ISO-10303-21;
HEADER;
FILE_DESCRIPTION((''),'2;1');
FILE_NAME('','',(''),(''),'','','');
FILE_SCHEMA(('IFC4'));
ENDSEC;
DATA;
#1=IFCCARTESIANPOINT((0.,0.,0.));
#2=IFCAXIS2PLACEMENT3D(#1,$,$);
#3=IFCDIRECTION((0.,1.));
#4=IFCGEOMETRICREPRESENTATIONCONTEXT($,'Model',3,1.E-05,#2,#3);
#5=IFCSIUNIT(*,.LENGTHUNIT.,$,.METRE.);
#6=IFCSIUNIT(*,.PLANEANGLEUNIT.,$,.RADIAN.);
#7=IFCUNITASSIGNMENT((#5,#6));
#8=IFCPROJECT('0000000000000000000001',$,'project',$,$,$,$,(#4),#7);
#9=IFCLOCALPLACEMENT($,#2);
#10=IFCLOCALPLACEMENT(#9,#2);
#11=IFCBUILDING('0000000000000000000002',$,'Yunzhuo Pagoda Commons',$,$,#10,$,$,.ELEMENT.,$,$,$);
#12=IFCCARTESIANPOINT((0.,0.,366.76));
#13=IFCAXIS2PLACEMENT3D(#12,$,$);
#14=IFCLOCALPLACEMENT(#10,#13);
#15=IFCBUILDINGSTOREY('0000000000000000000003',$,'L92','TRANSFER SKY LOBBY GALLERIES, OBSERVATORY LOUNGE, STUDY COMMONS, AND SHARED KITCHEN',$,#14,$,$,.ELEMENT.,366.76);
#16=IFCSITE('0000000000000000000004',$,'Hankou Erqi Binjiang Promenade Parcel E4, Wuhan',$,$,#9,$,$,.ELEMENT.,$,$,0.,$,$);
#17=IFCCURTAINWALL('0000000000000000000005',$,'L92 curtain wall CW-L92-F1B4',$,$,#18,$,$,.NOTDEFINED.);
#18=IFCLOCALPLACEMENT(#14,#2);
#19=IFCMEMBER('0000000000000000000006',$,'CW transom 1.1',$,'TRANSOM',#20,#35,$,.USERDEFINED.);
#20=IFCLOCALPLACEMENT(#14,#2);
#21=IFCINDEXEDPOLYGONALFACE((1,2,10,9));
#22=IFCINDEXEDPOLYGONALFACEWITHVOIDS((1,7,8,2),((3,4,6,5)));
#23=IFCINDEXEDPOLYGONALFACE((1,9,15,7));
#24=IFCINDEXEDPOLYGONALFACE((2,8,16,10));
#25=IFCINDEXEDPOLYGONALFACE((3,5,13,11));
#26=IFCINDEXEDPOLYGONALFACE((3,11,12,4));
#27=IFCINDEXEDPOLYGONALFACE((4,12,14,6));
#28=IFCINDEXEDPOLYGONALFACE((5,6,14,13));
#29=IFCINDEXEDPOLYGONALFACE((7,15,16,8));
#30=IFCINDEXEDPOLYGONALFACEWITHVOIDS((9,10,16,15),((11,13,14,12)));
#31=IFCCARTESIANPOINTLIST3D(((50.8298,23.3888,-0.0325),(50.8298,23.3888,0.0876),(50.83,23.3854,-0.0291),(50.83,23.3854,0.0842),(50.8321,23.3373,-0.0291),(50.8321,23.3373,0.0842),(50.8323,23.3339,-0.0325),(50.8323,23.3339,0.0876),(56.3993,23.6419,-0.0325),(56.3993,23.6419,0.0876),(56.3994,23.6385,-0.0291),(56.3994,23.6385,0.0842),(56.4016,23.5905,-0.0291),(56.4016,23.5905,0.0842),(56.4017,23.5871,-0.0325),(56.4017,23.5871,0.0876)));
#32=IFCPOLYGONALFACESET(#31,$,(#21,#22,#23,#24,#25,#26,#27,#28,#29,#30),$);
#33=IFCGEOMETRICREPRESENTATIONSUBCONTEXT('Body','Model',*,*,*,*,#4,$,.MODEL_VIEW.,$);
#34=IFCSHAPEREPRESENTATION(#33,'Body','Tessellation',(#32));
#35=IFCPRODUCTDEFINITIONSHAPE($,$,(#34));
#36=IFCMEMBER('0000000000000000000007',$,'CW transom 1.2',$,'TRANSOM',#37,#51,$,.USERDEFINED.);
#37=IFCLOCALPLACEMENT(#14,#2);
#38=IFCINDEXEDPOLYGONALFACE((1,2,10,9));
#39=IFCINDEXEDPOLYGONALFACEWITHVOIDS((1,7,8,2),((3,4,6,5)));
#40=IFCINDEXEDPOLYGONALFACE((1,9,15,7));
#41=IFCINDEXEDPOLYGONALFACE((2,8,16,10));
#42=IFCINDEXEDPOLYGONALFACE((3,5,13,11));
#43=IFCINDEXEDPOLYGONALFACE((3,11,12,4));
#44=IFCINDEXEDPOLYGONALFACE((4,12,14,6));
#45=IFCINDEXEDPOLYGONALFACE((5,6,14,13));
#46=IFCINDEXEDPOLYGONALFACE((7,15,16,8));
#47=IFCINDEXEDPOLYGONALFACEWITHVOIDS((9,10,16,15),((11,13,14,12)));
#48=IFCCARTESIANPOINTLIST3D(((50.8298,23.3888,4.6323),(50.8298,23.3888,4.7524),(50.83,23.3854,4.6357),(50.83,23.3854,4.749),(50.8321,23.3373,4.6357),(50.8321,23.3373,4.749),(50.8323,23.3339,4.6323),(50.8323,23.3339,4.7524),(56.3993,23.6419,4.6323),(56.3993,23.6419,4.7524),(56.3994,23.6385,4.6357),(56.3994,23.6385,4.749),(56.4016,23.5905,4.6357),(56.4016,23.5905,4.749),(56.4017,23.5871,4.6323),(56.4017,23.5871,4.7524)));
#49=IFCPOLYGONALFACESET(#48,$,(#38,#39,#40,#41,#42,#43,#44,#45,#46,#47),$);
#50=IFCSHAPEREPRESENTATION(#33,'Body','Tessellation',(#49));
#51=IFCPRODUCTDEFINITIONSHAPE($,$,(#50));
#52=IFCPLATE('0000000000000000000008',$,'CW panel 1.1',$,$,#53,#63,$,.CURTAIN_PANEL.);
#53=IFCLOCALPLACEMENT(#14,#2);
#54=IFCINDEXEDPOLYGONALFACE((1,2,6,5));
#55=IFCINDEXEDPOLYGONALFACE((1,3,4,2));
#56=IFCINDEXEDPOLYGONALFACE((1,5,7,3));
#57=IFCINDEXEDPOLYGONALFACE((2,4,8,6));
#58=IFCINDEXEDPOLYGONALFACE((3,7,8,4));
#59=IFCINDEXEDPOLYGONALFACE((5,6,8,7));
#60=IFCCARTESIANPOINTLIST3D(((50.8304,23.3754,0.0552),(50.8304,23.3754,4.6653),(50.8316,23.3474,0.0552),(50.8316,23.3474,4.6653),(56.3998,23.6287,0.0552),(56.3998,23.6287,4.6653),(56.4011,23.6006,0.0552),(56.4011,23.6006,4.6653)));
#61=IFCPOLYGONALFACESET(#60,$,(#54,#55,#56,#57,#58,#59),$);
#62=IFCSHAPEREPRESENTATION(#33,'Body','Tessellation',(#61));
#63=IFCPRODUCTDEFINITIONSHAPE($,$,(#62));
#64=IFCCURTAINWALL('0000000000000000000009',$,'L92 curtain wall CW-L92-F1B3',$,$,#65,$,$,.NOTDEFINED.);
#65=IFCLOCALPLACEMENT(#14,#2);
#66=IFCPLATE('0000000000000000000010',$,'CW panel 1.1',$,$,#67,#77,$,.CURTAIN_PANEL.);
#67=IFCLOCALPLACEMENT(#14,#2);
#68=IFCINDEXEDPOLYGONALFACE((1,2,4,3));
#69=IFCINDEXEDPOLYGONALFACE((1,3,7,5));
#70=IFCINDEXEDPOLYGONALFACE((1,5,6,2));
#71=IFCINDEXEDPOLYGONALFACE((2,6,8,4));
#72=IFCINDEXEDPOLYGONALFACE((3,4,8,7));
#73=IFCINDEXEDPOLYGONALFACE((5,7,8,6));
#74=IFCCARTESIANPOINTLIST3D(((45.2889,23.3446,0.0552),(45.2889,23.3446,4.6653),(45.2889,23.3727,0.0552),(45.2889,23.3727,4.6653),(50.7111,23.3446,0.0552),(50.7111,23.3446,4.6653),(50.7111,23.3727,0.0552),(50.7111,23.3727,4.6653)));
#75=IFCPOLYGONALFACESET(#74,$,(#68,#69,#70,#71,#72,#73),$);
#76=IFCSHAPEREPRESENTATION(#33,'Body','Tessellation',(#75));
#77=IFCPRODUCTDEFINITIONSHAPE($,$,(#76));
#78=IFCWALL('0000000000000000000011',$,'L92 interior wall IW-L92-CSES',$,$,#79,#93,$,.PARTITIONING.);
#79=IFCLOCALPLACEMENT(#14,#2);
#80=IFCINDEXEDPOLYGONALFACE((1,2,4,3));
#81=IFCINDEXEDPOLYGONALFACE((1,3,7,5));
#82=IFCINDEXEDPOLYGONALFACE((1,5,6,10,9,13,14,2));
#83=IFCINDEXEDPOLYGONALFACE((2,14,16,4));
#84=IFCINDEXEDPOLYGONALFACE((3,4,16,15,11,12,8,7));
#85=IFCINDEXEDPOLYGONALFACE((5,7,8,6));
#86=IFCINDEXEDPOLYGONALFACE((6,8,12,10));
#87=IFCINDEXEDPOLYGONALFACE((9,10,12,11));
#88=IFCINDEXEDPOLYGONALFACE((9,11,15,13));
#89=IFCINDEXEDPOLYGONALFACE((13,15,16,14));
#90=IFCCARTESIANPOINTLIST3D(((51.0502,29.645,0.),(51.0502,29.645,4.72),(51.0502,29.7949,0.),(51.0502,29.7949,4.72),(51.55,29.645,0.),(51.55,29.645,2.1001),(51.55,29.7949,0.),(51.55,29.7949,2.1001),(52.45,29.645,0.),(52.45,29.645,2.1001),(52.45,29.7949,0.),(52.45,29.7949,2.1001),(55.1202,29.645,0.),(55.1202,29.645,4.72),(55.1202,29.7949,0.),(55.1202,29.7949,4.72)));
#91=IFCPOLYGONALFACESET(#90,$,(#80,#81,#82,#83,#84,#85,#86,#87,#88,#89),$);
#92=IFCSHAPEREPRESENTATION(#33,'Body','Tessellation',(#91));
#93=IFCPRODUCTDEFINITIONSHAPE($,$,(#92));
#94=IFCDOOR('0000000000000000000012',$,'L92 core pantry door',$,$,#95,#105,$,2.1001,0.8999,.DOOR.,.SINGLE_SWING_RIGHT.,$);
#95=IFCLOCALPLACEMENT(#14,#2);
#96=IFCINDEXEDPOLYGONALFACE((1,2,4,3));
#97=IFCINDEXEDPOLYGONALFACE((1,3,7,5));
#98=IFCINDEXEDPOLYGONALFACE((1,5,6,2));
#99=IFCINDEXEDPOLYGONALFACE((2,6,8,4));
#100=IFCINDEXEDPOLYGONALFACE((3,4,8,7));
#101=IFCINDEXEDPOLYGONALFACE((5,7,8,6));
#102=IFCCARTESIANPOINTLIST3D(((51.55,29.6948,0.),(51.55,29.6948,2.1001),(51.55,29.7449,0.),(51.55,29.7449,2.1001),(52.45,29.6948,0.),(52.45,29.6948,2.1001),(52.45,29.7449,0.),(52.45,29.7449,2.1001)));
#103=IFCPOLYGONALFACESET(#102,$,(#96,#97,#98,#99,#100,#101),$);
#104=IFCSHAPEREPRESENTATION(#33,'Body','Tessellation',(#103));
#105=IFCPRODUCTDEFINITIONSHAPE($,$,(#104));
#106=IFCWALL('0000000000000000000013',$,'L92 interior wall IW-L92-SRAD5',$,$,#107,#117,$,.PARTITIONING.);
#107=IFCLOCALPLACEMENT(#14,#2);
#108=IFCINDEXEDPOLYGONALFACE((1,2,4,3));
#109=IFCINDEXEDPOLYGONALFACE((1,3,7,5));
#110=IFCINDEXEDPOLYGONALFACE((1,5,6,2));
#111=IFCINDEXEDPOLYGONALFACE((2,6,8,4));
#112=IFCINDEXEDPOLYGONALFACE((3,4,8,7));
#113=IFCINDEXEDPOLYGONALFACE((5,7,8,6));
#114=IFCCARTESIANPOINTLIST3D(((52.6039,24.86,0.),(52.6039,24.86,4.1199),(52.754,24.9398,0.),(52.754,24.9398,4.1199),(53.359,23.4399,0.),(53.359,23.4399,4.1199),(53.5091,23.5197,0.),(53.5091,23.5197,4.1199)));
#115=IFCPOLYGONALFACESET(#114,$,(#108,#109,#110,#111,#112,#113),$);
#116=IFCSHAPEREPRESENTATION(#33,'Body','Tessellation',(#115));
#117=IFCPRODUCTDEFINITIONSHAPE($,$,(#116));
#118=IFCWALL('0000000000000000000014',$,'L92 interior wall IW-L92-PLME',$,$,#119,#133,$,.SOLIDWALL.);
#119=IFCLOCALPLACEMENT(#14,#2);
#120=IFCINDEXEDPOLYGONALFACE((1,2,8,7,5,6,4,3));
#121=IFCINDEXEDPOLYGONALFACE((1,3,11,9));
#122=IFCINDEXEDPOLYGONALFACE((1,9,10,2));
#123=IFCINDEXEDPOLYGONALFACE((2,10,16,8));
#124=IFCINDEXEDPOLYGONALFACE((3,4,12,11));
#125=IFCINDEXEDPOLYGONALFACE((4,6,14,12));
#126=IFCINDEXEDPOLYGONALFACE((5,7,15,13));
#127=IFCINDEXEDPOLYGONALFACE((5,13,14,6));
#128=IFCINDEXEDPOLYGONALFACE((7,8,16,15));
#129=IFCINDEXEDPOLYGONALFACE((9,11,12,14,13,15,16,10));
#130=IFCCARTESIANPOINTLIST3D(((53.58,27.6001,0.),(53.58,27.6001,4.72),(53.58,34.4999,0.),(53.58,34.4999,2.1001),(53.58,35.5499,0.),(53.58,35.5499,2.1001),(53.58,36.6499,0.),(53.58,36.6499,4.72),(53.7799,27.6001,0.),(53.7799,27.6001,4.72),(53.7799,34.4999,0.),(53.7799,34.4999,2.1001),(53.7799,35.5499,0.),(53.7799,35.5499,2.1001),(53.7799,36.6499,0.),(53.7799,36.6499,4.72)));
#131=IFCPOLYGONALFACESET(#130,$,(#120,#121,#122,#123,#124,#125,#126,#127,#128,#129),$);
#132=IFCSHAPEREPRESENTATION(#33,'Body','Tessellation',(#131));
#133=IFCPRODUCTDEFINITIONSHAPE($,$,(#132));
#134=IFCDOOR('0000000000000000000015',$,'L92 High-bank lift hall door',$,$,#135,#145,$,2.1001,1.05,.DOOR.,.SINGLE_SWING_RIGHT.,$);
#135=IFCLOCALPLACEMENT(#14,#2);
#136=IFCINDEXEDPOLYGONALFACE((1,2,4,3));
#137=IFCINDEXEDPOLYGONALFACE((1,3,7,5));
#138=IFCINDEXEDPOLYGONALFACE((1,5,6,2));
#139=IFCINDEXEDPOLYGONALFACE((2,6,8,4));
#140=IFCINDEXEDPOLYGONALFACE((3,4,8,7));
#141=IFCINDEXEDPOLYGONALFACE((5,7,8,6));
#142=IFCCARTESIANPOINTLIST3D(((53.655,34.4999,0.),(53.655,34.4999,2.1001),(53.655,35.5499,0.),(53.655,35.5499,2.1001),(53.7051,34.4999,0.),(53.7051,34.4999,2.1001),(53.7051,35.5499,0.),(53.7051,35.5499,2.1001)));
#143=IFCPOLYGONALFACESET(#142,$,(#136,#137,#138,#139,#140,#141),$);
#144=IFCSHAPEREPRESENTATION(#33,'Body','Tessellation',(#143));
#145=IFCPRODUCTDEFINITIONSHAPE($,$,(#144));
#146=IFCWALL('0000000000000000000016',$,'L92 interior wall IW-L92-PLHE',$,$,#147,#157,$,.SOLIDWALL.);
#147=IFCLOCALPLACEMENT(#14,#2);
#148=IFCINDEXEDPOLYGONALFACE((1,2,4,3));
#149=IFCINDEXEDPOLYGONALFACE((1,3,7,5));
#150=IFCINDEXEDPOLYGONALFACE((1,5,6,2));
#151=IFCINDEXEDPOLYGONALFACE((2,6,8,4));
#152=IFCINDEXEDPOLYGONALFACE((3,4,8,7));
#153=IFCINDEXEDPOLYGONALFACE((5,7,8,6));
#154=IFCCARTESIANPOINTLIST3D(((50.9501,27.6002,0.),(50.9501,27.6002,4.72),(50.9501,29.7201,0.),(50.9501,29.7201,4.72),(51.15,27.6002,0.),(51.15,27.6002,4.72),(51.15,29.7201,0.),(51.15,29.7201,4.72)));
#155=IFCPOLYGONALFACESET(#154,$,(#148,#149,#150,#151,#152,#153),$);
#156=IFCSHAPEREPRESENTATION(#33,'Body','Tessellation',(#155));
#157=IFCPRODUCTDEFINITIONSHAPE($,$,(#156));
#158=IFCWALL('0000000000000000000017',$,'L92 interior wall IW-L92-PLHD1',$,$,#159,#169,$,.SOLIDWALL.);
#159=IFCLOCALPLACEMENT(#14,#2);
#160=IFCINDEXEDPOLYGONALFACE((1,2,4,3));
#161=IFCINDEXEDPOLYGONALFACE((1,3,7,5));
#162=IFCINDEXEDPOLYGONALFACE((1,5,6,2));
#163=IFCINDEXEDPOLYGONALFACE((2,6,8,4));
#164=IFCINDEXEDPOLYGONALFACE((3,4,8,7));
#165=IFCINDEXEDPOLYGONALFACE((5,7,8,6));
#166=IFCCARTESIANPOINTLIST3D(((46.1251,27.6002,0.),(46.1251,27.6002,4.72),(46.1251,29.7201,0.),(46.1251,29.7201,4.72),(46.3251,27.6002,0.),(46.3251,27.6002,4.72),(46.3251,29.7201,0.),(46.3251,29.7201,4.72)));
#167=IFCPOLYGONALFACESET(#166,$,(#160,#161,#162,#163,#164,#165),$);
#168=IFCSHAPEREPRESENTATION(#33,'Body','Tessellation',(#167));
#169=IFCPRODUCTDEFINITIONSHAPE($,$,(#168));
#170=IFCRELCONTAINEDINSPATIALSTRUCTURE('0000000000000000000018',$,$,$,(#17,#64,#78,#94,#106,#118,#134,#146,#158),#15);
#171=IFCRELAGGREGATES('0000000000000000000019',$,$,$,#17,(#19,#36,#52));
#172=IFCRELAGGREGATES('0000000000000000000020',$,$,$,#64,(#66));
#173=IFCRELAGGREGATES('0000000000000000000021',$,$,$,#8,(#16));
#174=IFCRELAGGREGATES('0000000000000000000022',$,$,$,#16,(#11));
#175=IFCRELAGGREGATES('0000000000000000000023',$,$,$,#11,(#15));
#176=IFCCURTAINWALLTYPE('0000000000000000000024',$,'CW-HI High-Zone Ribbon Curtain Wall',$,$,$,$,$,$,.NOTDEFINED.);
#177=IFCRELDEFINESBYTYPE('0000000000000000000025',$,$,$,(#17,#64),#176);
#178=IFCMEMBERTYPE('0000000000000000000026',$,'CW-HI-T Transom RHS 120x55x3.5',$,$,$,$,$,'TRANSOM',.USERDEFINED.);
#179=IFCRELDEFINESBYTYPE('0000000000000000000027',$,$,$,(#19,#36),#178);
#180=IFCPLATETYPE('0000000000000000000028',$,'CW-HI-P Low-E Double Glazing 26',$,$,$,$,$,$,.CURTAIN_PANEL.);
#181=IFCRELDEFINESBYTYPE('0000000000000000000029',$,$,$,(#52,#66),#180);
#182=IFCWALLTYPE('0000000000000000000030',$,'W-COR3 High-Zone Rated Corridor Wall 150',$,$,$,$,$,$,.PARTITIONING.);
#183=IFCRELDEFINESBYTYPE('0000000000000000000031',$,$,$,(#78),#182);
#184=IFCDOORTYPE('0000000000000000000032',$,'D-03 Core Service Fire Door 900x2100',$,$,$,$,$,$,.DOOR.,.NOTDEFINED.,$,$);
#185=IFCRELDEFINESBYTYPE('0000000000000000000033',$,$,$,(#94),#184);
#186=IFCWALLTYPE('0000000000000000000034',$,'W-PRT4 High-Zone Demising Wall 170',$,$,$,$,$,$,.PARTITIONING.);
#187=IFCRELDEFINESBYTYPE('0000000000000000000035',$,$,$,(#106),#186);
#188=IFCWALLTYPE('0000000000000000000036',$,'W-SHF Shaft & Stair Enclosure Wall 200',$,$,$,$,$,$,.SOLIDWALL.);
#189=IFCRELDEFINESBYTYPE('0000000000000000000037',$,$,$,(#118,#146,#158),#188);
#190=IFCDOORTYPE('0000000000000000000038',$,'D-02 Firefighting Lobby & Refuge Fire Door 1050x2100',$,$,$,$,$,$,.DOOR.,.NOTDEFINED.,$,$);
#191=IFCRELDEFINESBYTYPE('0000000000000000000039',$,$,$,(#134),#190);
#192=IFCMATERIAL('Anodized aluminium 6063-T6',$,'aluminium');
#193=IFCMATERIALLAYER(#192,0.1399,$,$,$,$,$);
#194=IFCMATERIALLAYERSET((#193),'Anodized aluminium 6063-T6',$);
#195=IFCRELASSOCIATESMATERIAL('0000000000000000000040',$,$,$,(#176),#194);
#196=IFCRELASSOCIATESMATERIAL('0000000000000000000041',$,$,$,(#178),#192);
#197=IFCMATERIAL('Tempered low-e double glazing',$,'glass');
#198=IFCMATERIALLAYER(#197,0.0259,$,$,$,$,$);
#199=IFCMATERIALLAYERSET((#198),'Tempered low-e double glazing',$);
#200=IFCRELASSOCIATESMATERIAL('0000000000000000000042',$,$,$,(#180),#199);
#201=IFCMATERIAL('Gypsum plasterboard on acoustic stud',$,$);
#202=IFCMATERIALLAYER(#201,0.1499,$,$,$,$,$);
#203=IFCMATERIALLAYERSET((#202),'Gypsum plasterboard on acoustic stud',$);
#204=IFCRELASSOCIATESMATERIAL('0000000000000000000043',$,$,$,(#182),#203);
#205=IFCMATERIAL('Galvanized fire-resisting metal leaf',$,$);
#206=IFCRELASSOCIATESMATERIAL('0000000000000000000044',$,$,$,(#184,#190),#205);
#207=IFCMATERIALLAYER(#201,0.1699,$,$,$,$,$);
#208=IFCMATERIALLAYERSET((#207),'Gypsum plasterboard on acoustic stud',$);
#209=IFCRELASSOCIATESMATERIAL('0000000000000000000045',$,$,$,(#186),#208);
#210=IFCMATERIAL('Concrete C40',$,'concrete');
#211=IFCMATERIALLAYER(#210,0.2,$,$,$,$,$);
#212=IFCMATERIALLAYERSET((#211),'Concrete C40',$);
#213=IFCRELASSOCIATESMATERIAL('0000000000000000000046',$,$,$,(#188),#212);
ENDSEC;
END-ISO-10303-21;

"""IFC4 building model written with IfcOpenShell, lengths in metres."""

from ifc_helpers import new_model, si_unit, direction, frame, frame_2d, origin, origin_with_axes, origin_2d, place, context, subcontext, project, spatial, rectangle, hollow_rectangle, extrude, source, transform, mapped, material, layer, layer_set, material_profile, profile_set, type_object, element, fill, aggregate, save


model = new_model("IFC4")

# Units and contexts
model_context = context("Model", 3, precision=1e-05, world=origin(), true_north=direction((0.0, 1.0)))
body_context = subcontext(model_context, "Body", "Model", "MODEL_VIEW")
ifc_project = project(units=[si_unit("LENGTHUNIT", "METRE"), si_unit("PLANEANGLEUNIT", "RADIAN")], contexts=[model_context])

# Site, building, storey
site_placement = place(None, origin())
site = spatial("IfcSite", under=ifc_project, at=site_placement, Name="Hankou Erqi Binjiang Promenade Parcel E4, Wuhan", CompositionType="ELEMENT", RefElevation=0.0)
building_placement = place(site_placement, origin())
building = spatial("IfcBuilding", under=site, at=building_placement, Name="Yunzhuo Pagoda Commons", CompositionType="ELEMENT")
storey_placement = place(building_placement, frame((0.0, 0.0, 366.76)))
storey = spatial("IfcBuildingStorey", under=building, at=storey_placement, Name="L92", Description="TRANSFER SKY LOBBY GALLERIES, OBSERVATORY LOUNGE, STUDY COMMONS, AND SHARED KITCHEN", CompositionType="ELEMENT", Elevation=366.76)

# Curtain wall, members, plate
ifc_material_1 = material(Name="Anodized aluminium 6063-T6", Category="aluminium")
ifc_layer_1 = layer(ifc_material_1, 0.1399)
ifc_layer_set_1 = layer_set([ifc_layer_1], Name="Anodized aluminium 6063-T6")
curtain_wall_type = type_object("IfcCurtainWallType", Name="CW-HI High-Zone Ribbon Curtain Wall", PredefinedType="NOTDEFINED", material=ifc_layer_set_1)
curtain_wall_1_placement = place(storey_placement, origin())
curtain_wall_1 = element("IfcCurtainWall", 1, at=curtain_wall_1_placement, inside=storey, type_object=curtain_wall_type, Name="L92 curtain wall CW-L92-F1B4", PredefinedType="NOTDEFINED")
ifc_material_profile_1 = material_profile(ifc_material_1, hollow_rectangle(XDim=0.0549, YDim=0.1201, WallThickness=0.0034, at=origin_2d()), Name="Anodized aluminium 6063-T6")
ifc_profile_set_1 = profile_set([ifc_material_profile_1], Name="Anodized aluminium 6063-T6")
member_type_1 = type_object("IfcMemberType", Name="CW-HI-T Transom RHS 120x55x3.5", ElementType="TRANSOM", PredefinedType="USERDEFINED", material=ifc_profile_set_1)
shared_shape_1 = source(origin(), body_context, "Body", "SweptSolid", [
    extrude(hollow_rectangle(XDim=0.0549, YDim=0.1201, WallThickness=0.0034, at=origin_2d()), origin(), (0.0, 0.0, 1.0), 5.5752),
])
member_1_placement = place(storey_placement, frame((50.8311, 23.3613, 0.0276), z_axis=(0.998968, 0.045412, 0.0), x_axis=(-0.045412, 0.998968, 0.0)))
member_1 = element("IfcMember", 2, at=member_1_placement, type_object=member_type_1, Name="CW transom 1.1", ObjectType="TRANSOM", PredefinedType="USERDEFINED", context=body_context, shape_type="MappedRepresentation", body=[
    mapped(shared_shape_1, transform((0.0, 0.0, 0.0), scale=1.0)),
])
member_2_placement = place(storey_placement, frame((50.8311, 23.3613, 4.6924), z_axis=(0.998968, 0.045412, 0.0), x_axis=(-0.045412, 0.998968, 0.0)))
member_2 = element("IfcMember", 3, at=member_2_placement, type_object=member_type_1, Name="CW transom 1.2", ObjectType="TRANSOM", PredefinedType="USERDEFINED", context=body_context, shape_type="MappedRepresentation", body=[
    mapped(shared_shape_1, transform((0.0, 0.0, 0.0), scale=1.0)),
])
ifc_material_2 = material(Name="Tempered low-e double glazing", Category="glass")
ifc_layer_2 = layer(ifc_material_2, 0.0259)
ifc_layer_set_2 = layer_set([ifc_layer_2], Name="Tempered low-e double glazing")
plate_type = type_object("IfcPlateType", Name="CW-HI-P Low-E Double Glazing 26", PredefinedType="CURTAIN_PANEL", material=ifc_layer_set_2)
shared_shape_2 = source(origin(), body_context, "Body", "SweptSolid", [
    extrude(rectangle(XDim=5.5752, YDim=0.0281, at=origin_2d()), origin(), (0.0, 0.0, 1.0), 4.6101),
])
plate_1_placement = place(storey_placement, frame((53.6157, 23.488, 0.0552), z_axis=(0.0, 0.0, 1.0), x_axis=(0.998968, 0.045424, 0.0)))
plate_1 = element("IfcPlate", 4, at=plate_1_placement, type_object=plate_type, Name="CW panel 1.1", PredefinedType="CURTAIN_PANEL", context=body_context, shape_type="MappedRepresentation", body=[
    mapped(shared_shape_2, transform((0.0, 0.0, 0.0), scale=1.0)),
])
aggregate(curtain_wall_1, [member_1, member_2, plate_1])

# Curtain wall, plate
curtain_wall_2_placement = place(storey_placement, origin())
curtain_wall_2 = element("IfcCurtainWall", 5, at=curtain_wall_2_placement, inside=storey, type_object=curtain_wall_type, Name="L92 curtain wall CW-L92-F1B3", PredefinedType="NOTDEFINED")
shared_shape_3 = source(origin(), body_context, "Body", "SweptSolid", [
    extrude(rectangle(XDim=5.4221, YDim=0.0281, at=origin_2d()), origin(), (0.0, 0.0, 1.0), 4.6101),
])
plate_2_placement = place(storey_placement, frame((48.0, 23.3586, 0.0552), z_axis=(0.0, 0.0, 1.0), x_axis=(1.0, 0.0, 0.0)))
plate_2 = element("IfcPlate", 6, at=plate_2_placement, type_object=plate_type, Name="CW panel 1.1", PredefinedType="CURTAIN_PANEL", context=body_context, shape_type="MappedRepresentation", body=[
    mapped(shared_shape_3, transform((0.0, 0.0, 0.0), scale=1.0)),
])
aggregate(curtain_wall_2, [plate_2])

# Wall, opening, door
ifc_material_3 = material(Name="Gypsum plasterboard on acoustic stud")
ifc_layer_3 = layer(ifc_material_3, 0.1499)
ifc_layer_set_3 = layer_set([ifc_layer_3], Name="Gypsum plasterboard on acoustic stud")
wall_type_1 = type_object("IfcWallType", Name="W-COR3 High-Zone Rated Corridor Wall 150", PredefinedType="PARTITIONING", material=ifc_layer_set_3)
wall_1_placement = place(storey_placement, frame((51.05, 29.72, 0.0), z_axis=(0.0, 0.0, 1.0), x_axis=(1.0, 0.0, 0.0)))
wall_1 = element("IfcWall", 7, at=wall_1_placement, inside=storey, type_object=wall_type_1, Name="L92 interior wall IW-L92-CSES", PredefinedType="PARTITIONING", context=body_context, shape_type="SweptSolid", body=[
    extrude(rectangle(XDim=4.0701, YDim=0.1499, at=frame_2d((2.0352, 0.0))), origin(), (0.0, 0.0, 1.0), 4.72),
])
opening_1_placement = place(wall_1_placement, frame((0.5, 0.0, 0.0)))
opening_1 = element("IfcOpeningElement", 8, at=opening_1_placement, cuts=wall_1, PredefinedType="OPENING", context=body_context, shape_type="SweptSolid", body=[
    extrude(rectangle(XDim=0.8999, YDim=2.1001, at=frame_2d((0.45, 1.05))), frame((0.0, 0.085, 0.0), z_axis=(0.0, -1.0, 0.0), x_axis=(1.0, 0.0, 0.0)), (0.0, 0.0, 1.0), 0.1699),
])
ifc_material_4 = material(Name="Galvanized fire-resisting metal leaf")
door_type_1 = type_object("IfcDoorType", Name="D-03 Core Service Fire Door 900x2100", OperationType="NOTDEFINED", PredefinedType="DOOR", material=ifc_material_4)
shared_shape_4 = source(origin(), body_context, "Body", "SweptSolid", [
    extrude(rectangle(XDim=0.8999, YDim=2.1001, at=frame_2d((0.45, 1.05))), frame((0.0, 0.0249, 0.0), z_axis=(0.0, -1.0, 0.0), x_axis=(1.0, 0.0, 0.0)), (0.0, 0.0, 1.0), 0.05),
])
door_1_placement = place(opening_1_placement, origin_with_axes())
door_1 = element("IfcDoor", 9, at=door_1_placement, inside=storey, type_object=door_type_1, Name="L92 core pantry door", OperationType="SINGLE_SWING_RIGHT", OverallHeight=2.1001, OverallWidth=0.8999, PredefinedType="DOOR", context=body_context, shape_type="MappedRepresentation", body=[
    mapped(shared_shape_4, transform((0.0, 0.0, 0.0), scale=1.0)),
])
fill(opening_1, door_1)

# Wall
ifc_layer_4 = layer(ifc_material_3, 0.1699)
ifc_layer_set_4 = layer_set([ifc_layer_4], Name="Gypsum plasterboard on acoustic stud")
wall_type_2 = type_object("IfcWallType", Name="W-PRT4 High-Zone Demising Wall 170", PredefinedType="PARTITIONING", material=ifc_layer_set_4)
wall_2_placement = place(storey_placement, frame((52.679, 24.8999, 0.0), z_axis=(0.0, 0.0, 1.0), x_axis=(0.469477, -0.882945, 0.0)))
element("IfcWall", 10, at=wall_2_placement, inside=storey, type_object=wall_type_2, Name="L92 interior wall IW-L92-SRAD5", PredefinedType="PARTITIONING", context=body_context, shape_type="SweptSolid", body=[
    extrude(rectangle(XDim=1.6084, YDim=0.1699, at=frame_2d((0.8042, 0.0))), origin(), (0.0, 0.0, 1.0), 4.1199),
])

# Wall, opening, door
ifc_material_5 = material(Name="Concrete C40", Category="concrete")
ifc_layer_5 = layer(ifc_material_5, 0.2)
ifc_layer_set_5 = layer_set([ifc_layer_5], Name="Concrete C40")
wall_type_3 = type_object("IfcWallType", Name="W-SHF Shaft & Stair Enclosure Wall 200", PredefinedType="SOLIDWALL", material=ifc_layer_set_5)
wall_3_placement = place(storey_placement, frame((53.6799, 27.6001, 0.0), z_axis=(0.0, 0.0, 1.0), x_axis=(0.0, 1.0, 0.0)))
wall_3 = element("IfcWall", 11, at=wall_3_placement, inside=storey, type_object=wall_type_3, Name="L92 interior wall IW-L92-PLME", PredefinedType="SOLIDWALL", context=body_context, shape_type="SweptSolid", body=[
    extrude(rectangle(XDim=9.0498, YDim=0.2, at=frame_2d((4.5249, 0.0))), origin(), (0.0, 0.0, 1.0), 4.72),
])
opening_2_placement = place(wall_3_placement, frame((6.8999, 0.0, 0.0)))
opening_2 = element("IfcOpeningElement", 12, at=opening_2_placement, cuts=wall_3, PredefinedType="OPENING", context=body_context, shape_type="SweptSolid", body=[
    extrude(rectangle(XDim=1.05, YDim=2.1001, at=frame_2d((0.5249, 1.05))), frame((0.0, 0.1099, 0.0), z_axis=(0.0, -1.0, 0.0), x_axis=(1.0, 0.0, 0.0)), (0.0, 0.0, 1.0), 0.22),
])
door_type_2 = type_object("IfcDoorType", Name="D-02 Firefighting Lobby & Refuge Fire Door 1050x2100", OperationType="NOTDEFINED", PredefinedType="DOOR", material=ifc_material_4)
shared_shape_5 = source(origin(), body_context, "Body", "SweptSolid", [
    extrude(rectangle(XDim=1.05, YDim=2.1001, at=frame_2d((0.5249, 1.05))), frame((0.0, 0.0249, 0.0), z_axis=(0.0, -1.0, 0.0), x_axis=(1.0, 0.0, 0.0)), (0.0, 0.0, 1.0), 0.05),
])
door_2_placement = place(opening_2_placement, origin_with_axes())
door_2 = element("IfcDoor", 13, at=door_2_placement, inside=storey, type_object=door_type_2, Name="L92 High-bank lift hall door", OperationType="SINGLE_SWING_RIGHT", OverallHeight=2.1001, OverallWidth=1.05, PredefinedType="DOOR", context=body_context, shape_type="MappedRepresentation", body=[
    mapped(shared_shape_5, transform((0.0, 0.0, 0.0), scale=1.0)),
])
fill(opening_2, door_2)

# Walls
for number, where, z_axis, x_axis, name in (
    (14, (51.05, 27.6001, 0.0), (0.0, 0.0, 1.0), (0.0, 1.0, 0.0), "L92 interior wall IW-L92-PLHE"),
    (15, (46.2251, 27.6001, 0.0), (0.0, 0.0, 1.0), (0.0, 1.0, 0.0), "L92 interior wall IW-L92-PLHD1"),
):
    element("IfcWall", number, at=place(storey_placement, frame(where, z_axis=z_axis, x_axis=x_axis)), inside=storey, type_object=wall_type_3, Name=name, PredefinedType="SOLIDWALL", context=body_context, shape_type="SweptSolid", body=[
        extrude(rectangle(XDim=2.1199, YDim=0.2, at=frame_2d((1.0601, 0.0))), origin(), (0.0, 0.0, 1.0), 4.72),
    ])

save(model, "model.ifc")
